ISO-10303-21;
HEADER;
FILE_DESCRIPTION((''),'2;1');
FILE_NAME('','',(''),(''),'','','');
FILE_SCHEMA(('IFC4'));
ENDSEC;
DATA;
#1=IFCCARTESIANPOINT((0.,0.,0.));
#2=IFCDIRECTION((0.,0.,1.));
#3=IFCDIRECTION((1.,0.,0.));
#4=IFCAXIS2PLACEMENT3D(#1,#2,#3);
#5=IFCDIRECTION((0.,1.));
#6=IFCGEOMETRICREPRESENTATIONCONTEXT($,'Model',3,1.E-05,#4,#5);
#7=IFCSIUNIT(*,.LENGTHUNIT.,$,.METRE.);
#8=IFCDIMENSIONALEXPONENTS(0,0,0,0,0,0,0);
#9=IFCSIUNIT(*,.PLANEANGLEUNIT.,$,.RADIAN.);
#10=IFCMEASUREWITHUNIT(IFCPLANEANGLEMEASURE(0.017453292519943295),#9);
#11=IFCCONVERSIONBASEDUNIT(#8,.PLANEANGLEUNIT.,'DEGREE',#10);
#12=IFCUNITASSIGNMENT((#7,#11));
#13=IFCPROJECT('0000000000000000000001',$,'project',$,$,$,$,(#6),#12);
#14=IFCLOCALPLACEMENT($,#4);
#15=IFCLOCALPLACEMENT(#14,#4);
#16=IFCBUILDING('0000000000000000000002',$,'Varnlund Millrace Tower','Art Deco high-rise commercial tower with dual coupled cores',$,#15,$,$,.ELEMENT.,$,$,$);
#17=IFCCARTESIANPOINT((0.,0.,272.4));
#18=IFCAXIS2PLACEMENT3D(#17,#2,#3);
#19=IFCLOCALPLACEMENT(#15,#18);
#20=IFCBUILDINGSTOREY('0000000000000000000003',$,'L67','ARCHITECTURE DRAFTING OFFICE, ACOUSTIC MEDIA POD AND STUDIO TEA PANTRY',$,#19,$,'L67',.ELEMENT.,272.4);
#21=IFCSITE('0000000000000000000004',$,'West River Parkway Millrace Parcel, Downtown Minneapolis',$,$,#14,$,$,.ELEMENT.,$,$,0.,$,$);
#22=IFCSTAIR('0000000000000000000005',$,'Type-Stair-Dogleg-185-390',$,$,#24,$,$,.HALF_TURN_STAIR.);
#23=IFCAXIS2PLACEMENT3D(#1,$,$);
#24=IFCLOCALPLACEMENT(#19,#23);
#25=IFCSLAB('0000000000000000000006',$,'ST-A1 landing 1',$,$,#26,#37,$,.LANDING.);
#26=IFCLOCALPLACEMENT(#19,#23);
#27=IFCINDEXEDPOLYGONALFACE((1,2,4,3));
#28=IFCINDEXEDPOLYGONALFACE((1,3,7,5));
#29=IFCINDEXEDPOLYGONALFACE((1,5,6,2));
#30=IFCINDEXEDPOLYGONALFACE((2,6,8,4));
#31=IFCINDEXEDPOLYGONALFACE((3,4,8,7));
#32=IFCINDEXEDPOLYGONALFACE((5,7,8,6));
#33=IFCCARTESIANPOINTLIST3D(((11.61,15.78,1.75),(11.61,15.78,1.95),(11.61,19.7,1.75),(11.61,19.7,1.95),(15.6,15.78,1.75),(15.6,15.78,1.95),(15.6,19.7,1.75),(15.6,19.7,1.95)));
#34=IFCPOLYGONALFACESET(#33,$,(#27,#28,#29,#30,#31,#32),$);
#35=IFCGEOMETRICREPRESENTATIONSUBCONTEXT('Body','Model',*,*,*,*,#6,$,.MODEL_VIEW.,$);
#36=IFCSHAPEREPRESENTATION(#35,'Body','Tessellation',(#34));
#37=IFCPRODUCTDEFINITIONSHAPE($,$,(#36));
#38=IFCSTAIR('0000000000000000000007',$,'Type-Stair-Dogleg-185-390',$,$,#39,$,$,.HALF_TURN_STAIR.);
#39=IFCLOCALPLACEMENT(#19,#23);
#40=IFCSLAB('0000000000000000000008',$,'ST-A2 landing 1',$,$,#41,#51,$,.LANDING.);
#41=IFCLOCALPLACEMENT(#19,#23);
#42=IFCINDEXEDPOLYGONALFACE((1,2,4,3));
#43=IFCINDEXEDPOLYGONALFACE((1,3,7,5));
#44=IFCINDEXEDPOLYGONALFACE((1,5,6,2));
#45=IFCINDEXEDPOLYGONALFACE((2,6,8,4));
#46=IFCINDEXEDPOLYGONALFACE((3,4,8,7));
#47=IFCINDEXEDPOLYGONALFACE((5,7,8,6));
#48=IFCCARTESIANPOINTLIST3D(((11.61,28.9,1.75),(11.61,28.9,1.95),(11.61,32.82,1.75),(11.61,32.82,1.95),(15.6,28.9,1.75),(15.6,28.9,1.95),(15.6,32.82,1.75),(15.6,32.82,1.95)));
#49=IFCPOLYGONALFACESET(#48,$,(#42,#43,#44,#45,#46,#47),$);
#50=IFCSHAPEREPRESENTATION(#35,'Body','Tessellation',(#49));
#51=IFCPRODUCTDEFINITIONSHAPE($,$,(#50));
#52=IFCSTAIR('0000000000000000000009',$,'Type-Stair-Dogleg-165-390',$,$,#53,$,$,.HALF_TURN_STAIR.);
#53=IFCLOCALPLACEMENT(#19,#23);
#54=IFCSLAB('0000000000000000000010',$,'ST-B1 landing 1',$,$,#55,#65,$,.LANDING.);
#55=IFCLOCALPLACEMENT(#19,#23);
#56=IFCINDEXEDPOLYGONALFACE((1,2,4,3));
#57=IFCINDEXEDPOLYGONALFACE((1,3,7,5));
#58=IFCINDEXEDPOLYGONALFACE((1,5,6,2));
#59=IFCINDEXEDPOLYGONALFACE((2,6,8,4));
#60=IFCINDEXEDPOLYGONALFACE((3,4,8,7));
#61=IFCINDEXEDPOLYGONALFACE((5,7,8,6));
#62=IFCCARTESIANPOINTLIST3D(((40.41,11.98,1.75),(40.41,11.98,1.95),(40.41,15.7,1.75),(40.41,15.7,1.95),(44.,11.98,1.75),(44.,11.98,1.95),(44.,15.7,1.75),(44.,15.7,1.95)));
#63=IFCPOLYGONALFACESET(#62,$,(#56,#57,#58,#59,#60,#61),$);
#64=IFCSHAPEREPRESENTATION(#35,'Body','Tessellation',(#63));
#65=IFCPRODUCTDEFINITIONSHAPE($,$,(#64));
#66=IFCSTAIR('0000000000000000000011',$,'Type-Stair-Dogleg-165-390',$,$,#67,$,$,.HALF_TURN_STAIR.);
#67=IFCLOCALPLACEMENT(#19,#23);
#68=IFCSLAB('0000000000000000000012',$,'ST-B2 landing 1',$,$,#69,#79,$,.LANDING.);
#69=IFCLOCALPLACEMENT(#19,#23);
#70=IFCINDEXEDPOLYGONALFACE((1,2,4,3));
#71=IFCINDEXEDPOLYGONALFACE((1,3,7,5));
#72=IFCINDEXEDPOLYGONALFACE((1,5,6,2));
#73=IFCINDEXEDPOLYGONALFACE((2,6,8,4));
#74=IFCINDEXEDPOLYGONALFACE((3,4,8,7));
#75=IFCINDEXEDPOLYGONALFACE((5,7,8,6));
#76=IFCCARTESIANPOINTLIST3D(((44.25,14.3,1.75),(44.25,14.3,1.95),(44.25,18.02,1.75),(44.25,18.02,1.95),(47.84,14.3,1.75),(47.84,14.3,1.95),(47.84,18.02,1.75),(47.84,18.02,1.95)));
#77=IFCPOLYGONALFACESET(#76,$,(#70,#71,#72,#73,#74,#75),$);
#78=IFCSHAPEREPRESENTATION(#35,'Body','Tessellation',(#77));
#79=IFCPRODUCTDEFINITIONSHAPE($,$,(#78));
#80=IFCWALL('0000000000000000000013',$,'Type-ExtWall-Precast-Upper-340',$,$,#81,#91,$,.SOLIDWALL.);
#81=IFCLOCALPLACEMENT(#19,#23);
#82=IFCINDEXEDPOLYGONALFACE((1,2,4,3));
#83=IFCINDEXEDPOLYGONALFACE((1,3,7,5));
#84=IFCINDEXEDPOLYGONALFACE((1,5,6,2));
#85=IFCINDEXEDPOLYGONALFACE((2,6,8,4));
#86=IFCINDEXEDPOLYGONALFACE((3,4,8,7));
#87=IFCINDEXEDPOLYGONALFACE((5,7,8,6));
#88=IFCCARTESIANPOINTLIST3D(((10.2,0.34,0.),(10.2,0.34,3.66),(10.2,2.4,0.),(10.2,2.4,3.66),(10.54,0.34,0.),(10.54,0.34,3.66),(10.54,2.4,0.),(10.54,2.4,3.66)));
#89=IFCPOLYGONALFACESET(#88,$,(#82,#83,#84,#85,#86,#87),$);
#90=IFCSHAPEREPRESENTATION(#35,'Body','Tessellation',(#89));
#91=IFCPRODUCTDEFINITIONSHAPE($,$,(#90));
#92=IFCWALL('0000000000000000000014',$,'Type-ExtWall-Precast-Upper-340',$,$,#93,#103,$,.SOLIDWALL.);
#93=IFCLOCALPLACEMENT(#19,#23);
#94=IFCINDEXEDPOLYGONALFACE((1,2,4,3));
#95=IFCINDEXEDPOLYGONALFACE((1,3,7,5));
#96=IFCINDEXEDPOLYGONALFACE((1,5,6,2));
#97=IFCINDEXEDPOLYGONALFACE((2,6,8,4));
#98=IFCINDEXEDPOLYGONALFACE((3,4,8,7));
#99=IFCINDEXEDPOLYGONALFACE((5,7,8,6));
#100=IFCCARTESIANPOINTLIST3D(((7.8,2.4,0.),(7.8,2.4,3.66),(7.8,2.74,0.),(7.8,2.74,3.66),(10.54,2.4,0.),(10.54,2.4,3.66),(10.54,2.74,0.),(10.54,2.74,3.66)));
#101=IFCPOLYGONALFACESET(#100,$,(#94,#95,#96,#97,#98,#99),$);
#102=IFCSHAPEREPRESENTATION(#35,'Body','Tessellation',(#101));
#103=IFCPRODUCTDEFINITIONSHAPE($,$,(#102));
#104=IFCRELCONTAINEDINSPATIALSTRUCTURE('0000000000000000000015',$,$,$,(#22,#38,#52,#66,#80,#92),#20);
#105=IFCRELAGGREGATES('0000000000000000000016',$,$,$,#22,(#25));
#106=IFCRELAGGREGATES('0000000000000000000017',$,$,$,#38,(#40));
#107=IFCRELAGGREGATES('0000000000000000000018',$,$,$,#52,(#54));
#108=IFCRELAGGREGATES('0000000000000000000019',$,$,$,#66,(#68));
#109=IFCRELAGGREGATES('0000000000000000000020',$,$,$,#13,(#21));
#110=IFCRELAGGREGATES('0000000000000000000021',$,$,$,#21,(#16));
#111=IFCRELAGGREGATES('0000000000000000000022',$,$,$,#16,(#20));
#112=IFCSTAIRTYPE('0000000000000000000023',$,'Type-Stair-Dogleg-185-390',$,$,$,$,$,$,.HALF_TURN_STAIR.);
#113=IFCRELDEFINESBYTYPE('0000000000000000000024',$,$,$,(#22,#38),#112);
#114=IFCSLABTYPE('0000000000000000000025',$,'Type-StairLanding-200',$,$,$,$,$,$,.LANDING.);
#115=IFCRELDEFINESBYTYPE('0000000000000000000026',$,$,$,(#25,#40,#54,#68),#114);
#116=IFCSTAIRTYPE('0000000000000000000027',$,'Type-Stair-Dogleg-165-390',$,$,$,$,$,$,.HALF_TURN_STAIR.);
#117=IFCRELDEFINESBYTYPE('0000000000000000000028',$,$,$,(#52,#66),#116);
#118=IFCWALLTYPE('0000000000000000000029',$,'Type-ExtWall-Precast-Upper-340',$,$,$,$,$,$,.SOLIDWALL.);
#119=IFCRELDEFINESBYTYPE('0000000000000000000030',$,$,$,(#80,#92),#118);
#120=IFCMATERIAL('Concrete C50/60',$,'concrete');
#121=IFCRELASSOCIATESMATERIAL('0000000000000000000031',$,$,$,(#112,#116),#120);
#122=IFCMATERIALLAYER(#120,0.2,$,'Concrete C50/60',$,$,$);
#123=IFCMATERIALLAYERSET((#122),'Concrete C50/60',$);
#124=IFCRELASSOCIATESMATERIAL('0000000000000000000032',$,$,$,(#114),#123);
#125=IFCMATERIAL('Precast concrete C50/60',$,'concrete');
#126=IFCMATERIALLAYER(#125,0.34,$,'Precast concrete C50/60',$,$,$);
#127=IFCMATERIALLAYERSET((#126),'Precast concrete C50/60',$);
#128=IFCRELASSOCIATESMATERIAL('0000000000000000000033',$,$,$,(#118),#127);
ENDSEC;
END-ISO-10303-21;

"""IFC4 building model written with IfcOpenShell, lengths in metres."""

from ifc_helpers import new_model, entity, si_unit, converted_unit, direction, frame, origin_with_axes, place, context, subcontext, project, spatial, polyline, outline, extrude, material, layer, layer_set, type_object, element, aggregate, save


model = new_model("IFC4")

# Units and contexts
model_context = context("Model", 3, precision=1e-05, world=origin_with_axes(), true_north=direction((0.0, 1.0)))
body_context = subcontext(model_context, "Body", "Model", "MODEL_VIEW")
ifc_project = project(units=[si_unit("LENGTHUNIT", "METRE"), converted_unit("PLANEANGLEUNIT", "DEGREE", entity("IfcPlaneAngleMeasure", 0.017453292519943295), si_unit("PLANEANGLEUNIT", "RADIAN"), dimensions=[0, 0, 0, 0, 0, 0, 0])], contexts=[model_context])

# Site, building, storey
site_placement = place(None, origin_with_axes())
site = spatial("IfcSite", under=ifc_project, at=site_placement, Name="West River Parkway Millrace Parcel, Downtown Minneapolis", CompositionType="ELEMENT", RefElevation=0.0)
building_placement = place(site_placement, origin_with_axes())
building = spatial("IfcBuilding", under=site, at=building_placement, Name="Varnlund Millrace Tower", Description="Art Deco high-rise commercial tower with dual coupled cores", CompositionType="ELEMENT")
storey_placement = place(building_placement, frame((0.0, 0.0, 272.4), z_axis=(0.0, 0.0, 1.0), x_axis=(1.0, 0.0, 0.0)))
storey = spatial("IfcBuildingStorey", under=building, at=storey_placement, Name="L67", Description="ARCHITECTURE DRAFTING OFFICE, ACOUSTIC MEDIA POD AND STUDIO TEA PANTRY", LongName="L67", CompositionType="ELEMENT", Elevation=272.4)

# Stairs, slabs
ifc_material_1 = material(Name="Concrete C50/60", Category="concrete")
stair_type_1 = type_object("IfcStairType", Name="Type-Stair-Dogleg-185-390", PredefinedType="HALF_TURN_STAIR", material=ifc_material_1)
stair_1_placement = place(storey_placement, origin_with_axes())
stair_1 = element("IfcStair", 1, at=stair_1_placement, inside=storey, type_object=stair_type_1, Name="Type-Stair-Dogleg-185-390", PredefinedType="HALF_TURN_STAIR")
ifc_layer_1 = layer(ifc_material_1, 0.2, Name="Concrete C50/60")
ifc_layer_set_1 = layer_set([ifc_layer_1], Name="Concrete C50/60")
slab_type = type_object("IfcSlabType", Name="Type-StairLanding-200", PredefinedType="LANDING", material=ifc_layer_set_1)
slab_1_placement = place(storey_placement, frame((0.0, 0.0, 1.75), z_axis=(0.0, 0.0, 1.0), x_axis=(1.0, 0.0, 0.0)))
slab_1 = element("IfcSlab", 2, at=slab_1_placement, type_object=slab_type, Name="ST-A1 landing 1", PredefinedType="LANDING", context=body_context, shape_type="SweptSolid", body=[
    extrude(outline(polyline([(15.6, 15.78), (15.6, 19.7), (11.61, 19.7), (11.61, 15.78), (15.6, 15.78)])), origin_with_axes(), (0.0, 0.0, 1.0), 0.2),
])
aggregate(stair_1, [slab_1])
stair_2_placement = place(storey_placement, origin_with_axes())
stair_2 = element("IfcStair", 3, at=stair_2_placement, inside=storey, type_object=stair_type_1, Name="Type-Stair-Dogleg-185-390", PredefinedType="HALF_TURN_STAIR")
slab_2_placement = place(storey_placement, frame((0.0, 0.0, 1.75), z_axis=(0.0, 0.0, 1.0), x_axis=(1.0, 0.0, 0.0)))
slab_2 = element("IfcSlab", 4, at=slab_2_placement, type_object=slab_type, Name="ST-A2 landing 1", PredefinedType="LANDING", context=body_context, shape_type="SweptSolid", body=[
    extrude(outline(polyline([(11.61, 32.82), (11.61, 28.9), (15.6, 28.9), (15.6, 32.82), (11.61, 32.82)])), origin_with_axes(), (0.0, 0.0, 1.0), 0.2),
])
aggregate(stair_2, [slab_2])
stair_type_2 = type_object("IfcStairType", Name="Type-Stair-Dogleg-165-390", PredefinedType="HALF_TURN_STAIR", material=ifc_material_1)
stair_3_placement = place(storey_placement, origin_with_axes())
stair_3 = element("IfcStair", 5, at=stair_3_placement, inside=storey, type_object=stair_type_2, Name="Type-Stair-Dogleg-165-390", PredefinedType="HALF_TURN_STAIR")
slab_3_placement = place(storey_placement, frame((0.0, 0.0, 1.75), z_axis=(0.0, 0.0, 1.0), x_axis=(1.0, 0.0, 0.0)))
slab_3 = element("IfcSlab", 6, at=slab_3_placement, type_object=slab_type, Name="ST-B1 landing 1", PredefinedType="LANDING", context=body_context, shape_type="SweptSolid", body=[
    extrude(outline(polyline([(44.0, 11.98), (44.0, 15.7), (40.41, 15.7), (40.41, 11.98), (44.0, 11.98)])), origin_with_axes(), (0.0, 0.0, 1.0), 0.2),
])
aggregate(stair_3, [slab_3])
stair_4_placement = place(storey_placement, origin_with_axes())
stair_4 = element("IfcStair", 7, at=stair_4_placement, inside=storey, type_object=stair_type_2, Name="Type-Stair-Dogleg-165-390", PredefinedType="HALF_TURN_STAIR")
slab_4_placement = place(storey_placement, frame((0.0, 0.0, 1.75), z_axis=(0.0, 0.0, 1.0), x_axis=(1.0, 0.0, 0.0)))
slab_4 = element("IfcSlab", 8, at=slab_4_placement, type_object=slab_type, Name="ST-B2 landing 1", PredefinedType="LANDING", context=body_context, shape_type="SweptSolid", body=[
    extrude(outline(polyline([(44.25, 18.02), (44.25, 14.3), (47.84, 14.3), (47.84, 18.02), (44.25, 18.02)])), origin_with_axes(), (0.0, 0.0, 1.0), 0.2),
])
aggregate(stair_4, [slab_4])

# Walls
ifc_material_2 = material(Name="Precast concrete C50/60", Category="concrete")
ifc_layer_2 = layer(ifc_material_2, 0.34, Name="Precast concrete C50/60")
ifc_layer_set_2 = layer_set([ifc_layer_2], Name="Precast concrete C50/60")
wall_type = type_object("IfcWallType", Name="Type-ExtWall-Precast-Upper-340", PredefinedType="SOLIDWALL", material=ifc_layer_set_2)
wall_1_placement = place(storey_placement, frame((10.37, 0.34, 0.0), z_axis=(0.0, 0.0, 1.0), x_axis=(0.0, 1.0, 0.0)))
element("IfcWall", 9, at=wall_1_placement, inside=storey, type_object=wall_type, Name="Type-ExtWall-Precast-Upper-340", PredefinedType="SOLIDWALL", context=body_context, shape_type="SweptSolid", body=[
    extrude(outline(polyline([(0.0, -0.17), (2.06, -0.17), (2.06, 0.17), (0.0, 0.17), (0.0, -0.17)])), origin_with_axes(), (0.0, 0.0, 1.0), 3.66),
])
wall_2_placement = place(storey_placement, frame((10.54, 2.57, 0.0), z_axis=(0.0, 0.0, 1.0), x_axis=(-1.0, 0.0, 0.0)))
element("IfcWall", 10, at=wall_2_placement, inside=storey, type_object=wall_type, Name="Type-ExtWall-Precast-Upper-340", PredefinedType="SOLIDWALL", context=body_context, shape_type="SweptSolid", body=[
    extrude(outline(polyline([(0.0, -0.17), (2.74, -0.17), (2.74, 0.17), (0.0, 0.17), (0.0, -0.17)])), origin_with_axes(), (0.0, 0.0, 1.0), 3.66),
])

save(model, "model.ifc")
